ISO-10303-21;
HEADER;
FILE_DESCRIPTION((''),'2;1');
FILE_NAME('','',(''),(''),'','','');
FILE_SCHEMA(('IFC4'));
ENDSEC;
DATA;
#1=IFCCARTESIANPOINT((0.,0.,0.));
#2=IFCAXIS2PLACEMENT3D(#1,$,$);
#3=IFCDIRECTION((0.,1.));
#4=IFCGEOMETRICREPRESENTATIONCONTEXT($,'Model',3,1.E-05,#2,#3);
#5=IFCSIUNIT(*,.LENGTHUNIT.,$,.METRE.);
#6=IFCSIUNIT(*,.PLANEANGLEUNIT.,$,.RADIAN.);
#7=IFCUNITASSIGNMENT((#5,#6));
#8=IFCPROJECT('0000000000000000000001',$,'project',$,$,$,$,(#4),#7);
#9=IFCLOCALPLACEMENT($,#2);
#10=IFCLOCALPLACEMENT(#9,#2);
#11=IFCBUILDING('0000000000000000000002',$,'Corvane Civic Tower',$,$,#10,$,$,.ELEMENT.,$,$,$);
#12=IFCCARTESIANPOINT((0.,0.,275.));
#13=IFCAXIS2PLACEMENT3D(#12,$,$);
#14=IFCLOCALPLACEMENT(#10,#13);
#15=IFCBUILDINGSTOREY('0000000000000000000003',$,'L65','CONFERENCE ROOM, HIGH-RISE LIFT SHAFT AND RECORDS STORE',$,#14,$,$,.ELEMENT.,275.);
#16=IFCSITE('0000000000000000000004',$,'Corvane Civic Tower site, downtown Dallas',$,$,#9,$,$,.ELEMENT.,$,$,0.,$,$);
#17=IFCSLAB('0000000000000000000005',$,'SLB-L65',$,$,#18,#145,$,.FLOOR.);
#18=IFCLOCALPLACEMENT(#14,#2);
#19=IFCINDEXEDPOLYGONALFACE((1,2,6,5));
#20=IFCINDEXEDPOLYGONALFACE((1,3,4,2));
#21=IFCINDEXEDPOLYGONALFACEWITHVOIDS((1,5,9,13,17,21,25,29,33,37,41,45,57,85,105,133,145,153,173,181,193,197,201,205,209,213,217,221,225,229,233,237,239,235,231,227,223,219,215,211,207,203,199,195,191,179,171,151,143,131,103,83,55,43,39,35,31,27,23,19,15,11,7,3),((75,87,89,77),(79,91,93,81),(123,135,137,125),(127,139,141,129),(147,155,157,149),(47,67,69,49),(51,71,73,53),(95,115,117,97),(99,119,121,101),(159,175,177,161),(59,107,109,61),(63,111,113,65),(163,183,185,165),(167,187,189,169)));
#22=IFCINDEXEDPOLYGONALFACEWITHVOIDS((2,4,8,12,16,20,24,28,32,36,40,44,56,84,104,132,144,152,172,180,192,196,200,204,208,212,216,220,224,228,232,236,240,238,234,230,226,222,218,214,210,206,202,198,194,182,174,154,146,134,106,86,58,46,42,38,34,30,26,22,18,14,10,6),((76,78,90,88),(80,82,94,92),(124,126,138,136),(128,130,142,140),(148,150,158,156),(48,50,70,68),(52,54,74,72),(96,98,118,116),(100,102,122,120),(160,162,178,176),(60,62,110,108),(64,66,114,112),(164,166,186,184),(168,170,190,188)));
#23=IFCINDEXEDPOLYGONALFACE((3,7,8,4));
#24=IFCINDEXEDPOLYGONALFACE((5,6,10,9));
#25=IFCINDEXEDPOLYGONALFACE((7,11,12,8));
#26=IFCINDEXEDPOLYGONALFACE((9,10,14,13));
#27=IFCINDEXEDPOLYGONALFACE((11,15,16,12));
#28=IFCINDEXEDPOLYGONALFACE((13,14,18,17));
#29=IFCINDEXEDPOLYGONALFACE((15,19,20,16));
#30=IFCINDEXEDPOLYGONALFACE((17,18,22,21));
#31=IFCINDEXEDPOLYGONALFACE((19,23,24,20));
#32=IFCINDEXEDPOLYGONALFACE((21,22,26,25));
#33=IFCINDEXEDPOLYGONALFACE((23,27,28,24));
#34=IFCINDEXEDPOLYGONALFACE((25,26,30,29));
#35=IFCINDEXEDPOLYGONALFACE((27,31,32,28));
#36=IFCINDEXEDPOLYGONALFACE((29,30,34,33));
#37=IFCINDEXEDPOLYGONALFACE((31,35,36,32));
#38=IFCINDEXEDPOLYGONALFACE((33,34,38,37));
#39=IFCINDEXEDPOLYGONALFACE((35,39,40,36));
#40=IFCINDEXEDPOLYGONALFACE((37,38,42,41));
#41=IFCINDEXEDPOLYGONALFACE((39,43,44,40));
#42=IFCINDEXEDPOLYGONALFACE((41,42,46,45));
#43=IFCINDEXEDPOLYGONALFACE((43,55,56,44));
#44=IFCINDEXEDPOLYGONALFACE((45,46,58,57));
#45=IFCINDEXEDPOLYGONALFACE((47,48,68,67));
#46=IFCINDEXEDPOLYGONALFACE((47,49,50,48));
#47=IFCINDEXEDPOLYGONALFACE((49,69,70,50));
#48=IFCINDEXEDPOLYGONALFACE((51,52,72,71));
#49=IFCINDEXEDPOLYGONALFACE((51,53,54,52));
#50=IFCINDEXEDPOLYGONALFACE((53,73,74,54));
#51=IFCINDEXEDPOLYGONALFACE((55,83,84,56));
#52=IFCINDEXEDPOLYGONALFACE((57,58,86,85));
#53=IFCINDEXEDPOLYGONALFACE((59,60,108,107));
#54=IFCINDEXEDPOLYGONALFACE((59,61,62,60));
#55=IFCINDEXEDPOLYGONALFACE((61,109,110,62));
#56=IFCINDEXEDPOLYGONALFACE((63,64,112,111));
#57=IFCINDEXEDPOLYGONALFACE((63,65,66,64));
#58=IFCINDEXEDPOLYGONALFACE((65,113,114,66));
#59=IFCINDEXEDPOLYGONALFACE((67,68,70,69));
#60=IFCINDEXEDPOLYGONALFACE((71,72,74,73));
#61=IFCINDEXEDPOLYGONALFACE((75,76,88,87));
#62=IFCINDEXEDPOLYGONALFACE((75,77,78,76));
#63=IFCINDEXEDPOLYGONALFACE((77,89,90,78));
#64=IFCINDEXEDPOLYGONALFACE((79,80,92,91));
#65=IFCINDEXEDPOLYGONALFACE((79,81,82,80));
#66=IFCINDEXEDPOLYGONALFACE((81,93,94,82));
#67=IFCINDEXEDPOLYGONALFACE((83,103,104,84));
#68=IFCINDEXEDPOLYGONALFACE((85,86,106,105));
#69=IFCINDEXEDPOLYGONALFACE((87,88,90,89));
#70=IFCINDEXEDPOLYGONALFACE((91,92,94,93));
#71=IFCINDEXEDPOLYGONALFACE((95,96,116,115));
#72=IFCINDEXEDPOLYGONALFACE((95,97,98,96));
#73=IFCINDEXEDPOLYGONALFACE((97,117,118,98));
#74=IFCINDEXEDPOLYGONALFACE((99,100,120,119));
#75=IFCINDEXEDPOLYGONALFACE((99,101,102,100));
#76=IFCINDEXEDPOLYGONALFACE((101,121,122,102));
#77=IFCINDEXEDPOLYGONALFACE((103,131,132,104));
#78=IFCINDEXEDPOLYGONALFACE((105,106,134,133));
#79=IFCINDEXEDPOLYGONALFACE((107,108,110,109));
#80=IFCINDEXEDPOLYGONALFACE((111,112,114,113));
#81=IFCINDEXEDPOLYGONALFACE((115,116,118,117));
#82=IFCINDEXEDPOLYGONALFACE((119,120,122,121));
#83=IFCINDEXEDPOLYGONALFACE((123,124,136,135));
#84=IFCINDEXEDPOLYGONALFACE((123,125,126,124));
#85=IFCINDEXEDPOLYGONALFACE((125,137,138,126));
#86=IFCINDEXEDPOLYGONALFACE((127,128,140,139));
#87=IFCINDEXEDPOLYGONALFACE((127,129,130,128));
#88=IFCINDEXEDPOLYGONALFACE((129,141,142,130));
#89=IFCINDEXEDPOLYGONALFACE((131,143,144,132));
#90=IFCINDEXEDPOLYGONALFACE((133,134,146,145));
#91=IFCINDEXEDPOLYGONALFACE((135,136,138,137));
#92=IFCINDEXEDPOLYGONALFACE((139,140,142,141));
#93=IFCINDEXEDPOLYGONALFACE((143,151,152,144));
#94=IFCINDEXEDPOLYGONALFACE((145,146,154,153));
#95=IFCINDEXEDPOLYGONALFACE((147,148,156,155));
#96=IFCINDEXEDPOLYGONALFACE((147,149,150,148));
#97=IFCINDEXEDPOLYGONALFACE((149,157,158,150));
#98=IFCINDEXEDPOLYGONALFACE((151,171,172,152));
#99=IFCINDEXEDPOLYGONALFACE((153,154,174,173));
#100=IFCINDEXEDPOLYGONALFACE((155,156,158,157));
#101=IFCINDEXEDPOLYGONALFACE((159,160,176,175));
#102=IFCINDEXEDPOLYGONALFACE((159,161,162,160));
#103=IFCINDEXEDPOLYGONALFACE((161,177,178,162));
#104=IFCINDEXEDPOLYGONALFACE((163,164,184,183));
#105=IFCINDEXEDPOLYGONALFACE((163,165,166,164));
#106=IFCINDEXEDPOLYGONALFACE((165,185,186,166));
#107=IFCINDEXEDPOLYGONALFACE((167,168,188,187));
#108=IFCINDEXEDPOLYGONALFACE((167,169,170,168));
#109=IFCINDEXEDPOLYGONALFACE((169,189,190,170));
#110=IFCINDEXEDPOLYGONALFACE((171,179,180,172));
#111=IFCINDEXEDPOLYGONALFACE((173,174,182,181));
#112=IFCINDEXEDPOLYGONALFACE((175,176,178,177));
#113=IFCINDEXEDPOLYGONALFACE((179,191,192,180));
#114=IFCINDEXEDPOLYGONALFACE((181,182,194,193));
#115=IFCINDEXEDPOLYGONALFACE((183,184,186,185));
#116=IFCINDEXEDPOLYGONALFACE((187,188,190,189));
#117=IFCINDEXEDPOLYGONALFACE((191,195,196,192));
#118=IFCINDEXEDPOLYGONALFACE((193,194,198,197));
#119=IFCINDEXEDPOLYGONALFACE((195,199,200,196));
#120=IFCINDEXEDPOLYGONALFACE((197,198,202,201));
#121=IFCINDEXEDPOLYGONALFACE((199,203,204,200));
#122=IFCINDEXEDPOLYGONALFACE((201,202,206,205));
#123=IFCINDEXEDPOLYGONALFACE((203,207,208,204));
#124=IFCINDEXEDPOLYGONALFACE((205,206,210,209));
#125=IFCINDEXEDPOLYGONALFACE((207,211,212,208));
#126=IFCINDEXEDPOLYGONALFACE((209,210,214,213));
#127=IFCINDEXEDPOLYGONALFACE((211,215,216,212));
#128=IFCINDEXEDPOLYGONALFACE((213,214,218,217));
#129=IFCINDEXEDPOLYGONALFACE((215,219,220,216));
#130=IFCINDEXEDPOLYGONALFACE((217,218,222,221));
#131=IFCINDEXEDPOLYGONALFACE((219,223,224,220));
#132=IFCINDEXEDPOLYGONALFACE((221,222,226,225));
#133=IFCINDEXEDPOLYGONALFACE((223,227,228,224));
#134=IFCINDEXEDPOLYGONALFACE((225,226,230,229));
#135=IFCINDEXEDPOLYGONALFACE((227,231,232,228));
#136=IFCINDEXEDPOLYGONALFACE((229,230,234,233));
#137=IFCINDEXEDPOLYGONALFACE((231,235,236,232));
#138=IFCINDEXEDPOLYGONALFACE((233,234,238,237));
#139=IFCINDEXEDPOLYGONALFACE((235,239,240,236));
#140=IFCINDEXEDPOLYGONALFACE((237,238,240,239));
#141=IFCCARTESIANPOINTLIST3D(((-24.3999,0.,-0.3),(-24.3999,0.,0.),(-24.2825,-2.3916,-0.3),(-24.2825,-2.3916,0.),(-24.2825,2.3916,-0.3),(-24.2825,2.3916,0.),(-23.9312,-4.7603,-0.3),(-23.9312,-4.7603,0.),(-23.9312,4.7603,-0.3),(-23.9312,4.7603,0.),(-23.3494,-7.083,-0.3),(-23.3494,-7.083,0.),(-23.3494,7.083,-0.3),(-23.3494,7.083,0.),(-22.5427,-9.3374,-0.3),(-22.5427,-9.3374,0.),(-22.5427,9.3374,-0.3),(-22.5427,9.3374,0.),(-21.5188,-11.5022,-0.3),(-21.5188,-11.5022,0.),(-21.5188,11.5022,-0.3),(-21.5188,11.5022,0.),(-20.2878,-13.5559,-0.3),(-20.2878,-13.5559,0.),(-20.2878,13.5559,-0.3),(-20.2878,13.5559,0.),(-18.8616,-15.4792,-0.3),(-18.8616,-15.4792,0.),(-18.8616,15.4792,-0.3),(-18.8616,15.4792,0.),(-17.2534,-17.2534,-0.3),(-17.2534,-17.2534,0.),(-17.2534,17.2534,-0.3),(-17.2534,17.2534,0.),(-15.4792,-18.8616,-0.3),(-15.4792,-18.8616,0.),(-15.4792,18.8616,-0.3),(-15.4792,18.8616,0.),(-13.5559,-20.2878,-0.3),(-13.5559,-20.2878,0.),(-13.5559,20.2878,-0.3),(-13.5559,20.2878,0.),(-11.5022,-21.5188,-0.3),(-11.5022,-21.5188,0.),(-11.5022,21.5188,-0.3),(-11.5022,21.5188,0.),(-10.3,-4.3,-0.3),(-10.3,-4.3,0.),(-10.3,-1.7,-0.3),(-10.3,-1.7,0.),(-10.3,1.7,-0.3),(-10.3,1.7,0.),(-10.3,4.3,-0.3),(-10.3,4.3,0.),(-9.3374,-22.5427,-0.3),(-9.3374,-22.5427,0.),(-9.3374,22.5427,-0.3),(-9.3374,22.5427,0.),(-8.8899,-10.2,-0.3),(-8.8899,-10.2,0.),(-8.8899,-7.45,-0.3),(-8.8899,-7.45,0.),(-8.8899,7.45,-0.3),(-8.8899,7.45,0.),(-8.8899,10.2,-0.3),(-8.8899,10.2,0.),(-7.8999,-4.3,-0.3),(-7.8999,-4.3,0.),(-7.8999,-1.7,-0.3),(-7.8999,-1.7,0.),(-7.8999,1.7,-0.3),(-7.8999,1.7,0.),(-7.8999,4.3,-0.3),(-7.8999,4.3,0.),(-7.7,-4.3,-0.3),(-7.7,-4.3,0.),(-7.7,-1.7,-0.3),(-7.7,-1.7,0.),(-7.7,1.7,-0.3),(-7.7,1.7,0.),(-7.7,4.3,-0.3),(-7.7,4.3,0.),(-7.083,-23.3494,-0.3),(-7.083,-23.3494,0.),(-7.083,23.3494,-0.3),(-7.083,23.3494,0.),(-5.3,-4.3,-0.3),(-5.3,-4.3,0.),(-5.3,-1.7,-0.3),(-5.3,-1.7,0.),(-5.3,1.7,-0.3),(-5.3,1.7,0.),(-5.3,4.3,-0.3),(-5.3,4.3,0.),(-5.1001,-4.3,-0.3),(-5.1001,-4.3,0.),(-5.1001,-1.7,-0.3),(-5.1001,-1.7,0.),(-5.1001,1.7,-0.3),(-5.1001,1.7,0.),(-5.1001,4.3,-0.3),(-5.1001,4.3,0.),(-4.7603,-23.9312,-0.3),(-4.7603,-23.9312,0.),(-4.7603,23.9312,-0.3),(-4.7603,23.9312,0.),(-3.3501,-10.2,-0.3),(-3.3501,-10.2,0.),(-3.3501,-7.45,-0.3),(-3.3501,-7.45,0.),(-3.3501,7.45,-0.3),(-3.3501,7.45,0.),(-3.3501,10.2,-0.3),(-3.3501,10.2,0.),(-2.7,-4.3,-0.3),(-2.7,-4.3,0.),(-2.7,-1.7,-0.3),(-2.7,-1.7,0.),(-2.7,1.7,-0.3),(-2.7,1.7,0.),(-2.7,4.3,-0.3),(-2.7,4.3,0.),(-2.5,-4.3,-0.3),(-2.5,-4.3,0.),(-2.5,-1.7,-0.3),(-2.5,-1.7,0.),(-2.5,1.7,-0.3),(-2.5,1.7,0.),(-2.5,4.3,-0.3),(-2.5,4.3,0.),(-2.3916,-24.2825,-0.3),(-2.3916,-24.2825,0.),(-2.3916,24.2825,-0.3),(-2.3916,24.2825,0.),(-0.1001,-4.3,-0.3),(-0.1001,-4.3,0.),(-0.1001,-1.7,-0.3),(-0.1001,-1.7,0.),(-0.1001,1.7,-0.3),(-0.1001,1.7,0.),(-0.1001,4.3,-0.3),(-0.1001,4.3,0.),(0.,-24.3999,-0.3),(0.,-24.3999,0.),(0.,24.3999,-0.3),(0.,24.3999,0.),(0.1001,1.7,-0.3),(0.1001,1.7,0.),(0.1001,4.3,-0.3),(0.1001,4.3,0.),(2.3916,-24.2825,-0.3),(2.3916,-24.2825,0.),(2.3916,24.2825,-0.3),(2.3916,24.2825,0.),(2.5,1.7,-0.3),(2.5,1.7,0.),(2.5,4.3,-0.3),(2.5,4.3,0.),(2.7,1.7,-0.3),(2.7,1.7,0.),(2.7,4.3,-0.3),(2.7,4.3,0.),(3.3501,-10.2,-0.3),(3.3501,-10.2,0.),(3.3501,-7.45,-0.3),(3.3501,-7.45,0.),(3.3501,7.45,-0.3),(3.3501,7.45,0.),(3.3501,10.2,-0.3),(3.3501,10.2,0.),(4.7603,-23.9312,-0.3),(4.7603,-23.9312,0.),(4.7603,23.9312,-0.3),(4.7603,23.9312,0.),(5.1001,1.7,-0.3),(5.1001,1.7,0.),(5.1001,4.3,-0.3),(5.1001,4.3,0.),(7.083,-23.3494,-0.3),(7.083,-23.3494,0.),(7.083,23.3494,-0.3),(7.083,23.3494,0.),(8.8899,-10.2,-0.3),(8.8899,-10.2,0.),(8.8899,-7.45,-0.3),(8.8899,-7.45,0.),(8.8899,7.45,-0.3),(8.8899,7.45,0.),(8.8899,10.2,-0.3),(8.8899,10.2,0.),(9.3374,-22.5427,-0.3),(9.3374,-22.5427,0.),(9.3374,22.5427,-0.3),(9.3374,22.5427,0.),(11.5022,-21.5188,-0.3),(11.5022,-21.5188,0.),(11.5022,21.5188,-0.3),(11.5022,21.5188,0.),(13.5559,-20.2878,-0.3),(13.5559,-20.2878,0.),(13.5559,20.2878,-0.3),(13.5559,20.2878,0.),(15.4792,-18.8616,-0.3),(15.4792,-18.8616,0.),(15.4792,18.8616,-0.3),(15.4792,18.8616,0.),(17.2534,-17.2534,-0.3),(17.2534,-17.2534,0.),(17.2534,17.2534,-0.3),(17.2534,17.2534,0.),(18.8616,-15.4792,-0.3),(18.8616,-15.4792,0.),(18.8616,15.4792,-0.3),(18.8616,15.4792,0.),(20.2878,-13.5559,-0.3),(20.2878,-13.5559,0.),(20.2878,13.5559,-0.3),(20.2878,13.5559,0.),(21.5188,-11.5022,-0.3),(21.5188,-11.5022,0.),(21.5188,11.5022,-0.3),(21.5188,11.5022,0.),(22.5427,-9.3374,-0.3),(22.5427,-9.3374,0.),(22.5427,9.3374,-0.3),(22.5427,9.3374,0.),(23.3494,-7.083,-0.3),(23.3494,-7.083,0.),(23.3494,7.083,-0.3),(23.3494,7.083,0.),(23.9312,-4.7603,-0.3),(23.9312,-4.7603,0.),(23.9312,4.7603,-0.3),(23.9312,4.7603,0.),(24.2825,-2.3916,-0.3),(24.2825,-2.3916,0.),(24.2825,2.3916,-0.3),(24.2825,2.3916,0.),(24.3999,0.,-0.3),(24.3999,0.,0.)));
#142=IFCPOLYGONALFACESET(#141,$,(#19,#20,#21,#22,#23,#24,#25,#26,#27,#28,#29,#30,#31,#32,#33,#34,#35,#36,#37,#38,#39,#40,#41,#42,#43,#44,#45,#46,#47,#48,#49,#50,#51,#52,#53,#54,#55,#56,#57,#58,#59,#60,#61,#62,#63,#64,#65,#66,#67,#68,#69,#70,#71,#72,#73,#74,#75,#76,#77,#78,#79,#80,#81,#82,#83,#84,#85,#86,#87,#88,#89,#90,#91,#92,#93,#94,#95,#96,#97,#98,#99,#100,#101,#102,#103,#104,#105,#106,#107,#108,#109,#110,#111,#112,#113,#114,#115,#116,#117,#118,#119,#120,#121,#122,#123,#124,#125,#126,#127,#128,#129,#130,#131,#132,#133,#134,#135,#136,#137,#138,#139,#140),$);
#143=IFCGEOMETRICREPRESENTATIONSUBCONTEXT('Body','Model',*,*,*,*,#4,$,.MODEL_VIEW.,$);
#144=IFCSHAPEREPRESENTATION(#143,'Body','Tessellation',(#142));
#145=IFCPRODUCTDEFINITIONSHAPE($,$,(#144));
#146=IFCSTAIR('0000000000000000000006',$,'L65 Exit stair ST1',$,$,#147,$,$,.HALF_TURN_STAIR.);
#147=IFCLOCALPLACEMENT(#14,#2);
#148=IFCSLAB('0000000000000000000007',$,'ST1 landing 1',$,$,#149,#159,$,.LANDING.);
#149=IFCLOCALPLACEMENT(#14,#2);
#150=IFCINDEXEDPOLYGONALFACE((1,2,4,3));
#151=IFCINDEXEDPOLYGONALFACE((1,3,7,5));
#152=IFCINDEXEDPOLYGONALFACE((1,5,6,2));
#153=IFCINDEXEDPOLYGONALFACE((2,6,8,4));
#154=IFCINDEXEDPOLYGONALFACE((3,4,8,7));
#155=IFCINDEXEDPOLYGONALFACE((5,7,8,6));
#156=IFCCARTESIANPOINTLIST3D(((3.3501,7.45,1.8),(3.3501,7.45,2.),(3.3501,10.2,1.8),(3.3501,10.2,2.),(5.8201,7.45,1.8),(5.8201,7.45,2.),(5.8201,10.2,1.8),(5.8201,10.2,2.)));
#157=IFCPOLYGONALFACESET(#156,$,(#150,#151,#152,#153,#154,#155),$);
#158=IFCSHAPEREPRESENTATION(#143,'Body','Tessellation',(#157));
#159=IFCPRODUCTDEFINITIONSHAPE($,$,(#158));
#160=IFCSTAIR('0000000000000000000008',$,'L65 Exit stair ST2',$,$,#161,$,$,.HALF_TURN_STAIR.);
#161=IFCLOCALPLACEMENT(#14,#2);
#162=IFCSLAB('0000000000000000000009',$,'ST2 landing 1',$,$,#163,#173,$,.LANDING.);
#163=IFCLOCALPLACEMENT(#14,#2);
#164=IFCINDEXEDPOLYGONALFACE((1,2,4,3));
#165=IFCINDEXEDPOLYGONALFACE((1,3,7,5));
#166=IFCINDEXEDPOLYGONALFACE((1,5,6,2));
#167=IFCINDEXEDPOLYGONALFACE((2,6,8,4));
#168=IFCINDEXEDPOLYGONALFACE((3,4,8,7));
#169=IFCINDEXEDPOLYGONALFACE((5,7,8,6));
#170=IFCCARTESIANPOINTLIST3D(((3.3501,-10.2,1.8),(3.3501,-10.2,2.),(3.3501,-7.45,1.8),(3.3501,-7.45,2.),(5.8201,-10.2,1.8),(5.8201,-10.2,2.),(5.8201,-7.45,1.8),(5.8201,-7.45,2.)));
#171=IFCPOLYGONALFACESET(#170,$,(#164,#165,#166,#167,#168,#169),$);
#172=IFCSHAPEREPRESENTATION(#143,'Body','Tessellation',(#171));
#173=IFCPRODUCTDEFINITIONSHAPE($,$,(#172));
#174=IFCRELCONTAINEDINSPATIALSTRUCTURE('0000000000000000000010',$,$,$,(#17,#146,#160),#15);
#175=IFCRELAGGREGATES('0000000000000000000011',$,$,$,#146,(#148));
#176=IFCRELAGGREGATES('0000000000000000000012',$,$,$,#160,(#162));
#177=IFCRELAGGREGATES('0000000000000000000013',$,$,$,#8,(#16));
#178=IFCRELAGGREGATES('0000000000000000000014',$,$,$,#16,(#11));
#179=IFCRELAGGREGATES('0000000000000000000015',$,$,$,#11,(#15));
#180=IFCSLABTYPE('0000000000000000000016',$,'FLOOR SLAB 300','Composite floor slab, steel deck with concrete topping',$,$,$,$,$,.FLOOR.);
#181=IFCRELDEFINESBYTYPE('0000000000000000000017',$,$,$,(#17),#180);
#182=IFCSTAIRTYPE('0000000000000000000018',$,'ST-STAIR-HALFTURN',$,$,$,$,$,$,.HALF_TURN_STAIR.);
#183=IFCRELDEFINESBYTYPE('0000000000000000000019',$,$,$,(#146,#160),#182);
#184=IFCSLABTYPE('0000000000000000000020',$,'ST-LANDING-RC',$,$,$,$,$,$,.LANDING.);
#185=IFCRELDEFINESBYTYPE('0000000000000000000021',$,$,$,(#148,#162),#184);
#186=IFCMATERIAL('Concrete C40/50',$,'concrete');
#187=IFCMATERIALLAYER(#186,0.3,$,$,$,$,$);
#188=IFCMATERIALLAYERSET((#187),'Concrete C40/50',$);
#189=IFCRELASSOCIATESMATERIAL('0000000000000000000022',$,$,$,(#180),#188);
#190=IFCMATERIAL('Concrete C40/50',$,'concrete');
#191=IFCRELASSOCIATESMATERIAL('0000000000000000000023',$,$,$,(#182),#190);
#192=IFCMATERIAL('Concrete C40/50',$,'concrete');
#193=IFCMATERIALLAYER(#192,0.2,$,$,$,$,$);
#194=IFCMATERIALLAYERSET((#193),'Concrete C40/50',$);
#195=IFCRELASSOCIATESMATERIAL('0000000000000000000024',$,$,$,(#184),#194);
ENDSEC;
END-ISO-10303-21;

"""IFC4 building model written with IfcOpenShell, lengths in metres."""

from ifc_helpers import new_model, si_unit, direction, frame, origin, place, context, subcontext, project, spatial, polyline, outline, extrude, material, layer, layer_set, type_object, element, aggregate, save


model = new_model("IFC4")

# Units and contexts
model_context = context("Model", 3, precision=1e-05, world=origin(), true_north=direction((0.0, 1.0)))
body_context = subcontext(model_context, "Body", "Model", "MODEL_VIEW")
ifc_project = project(units=[si_unit("LENGTHUNIT", "METRE"), si_unit("PLANEANGLEUNIT", "RADIAN")], contexts=[model_context])

# Site, building, storey
site_placement = place(None, origin())
site = spatial("IfcSite", under=ifc_project, at=site_placement, Name="Corvane Civic Tower site, downtown Dallas", CompositionType="ELEMENT", RefElevation=0.0)
building_placement = place(site_placement, origin())
building = spatial("IfcBuilding", under=site, at=building_placement, Name="Corvane Civic Tower", CompositionType="ELEMENT")
storey_placement = place(building_placement, frame((0.0, 0.0, 275.0)))
storey = spatial("IfcBuildingStorey", under=building, at=storey_placement, Name="L65", Description="CONFERENCE ROOM, HIGH-RISE LIFT SHAFT AND RECORDS STORE", CompositionType="ELEMENT", Elevation=275.0)

# Slab
ifc_material_1 = material(Name="Concrete C40/50", Category="concrete")
ifc_layer_1 = layer(ifc_material_1, 0.3)
ifc_layer_set_1 = layer_set([ifc_layer_1], Name="Concrete C40/50")
slab_type_1 = type_object("IfcSlabType", Name="FLOOR SLAB 300", Description="Composite floor slab, steel deck with concrete topping", PredefinedType="FLOOR", material=ifc_layer_set_1)
slab_1_placement = place(storey_placement, frame((0.0, 0.0, -0.3)))
element("IfcSlab", 1, at=slab_1_placement, inside=storey, type_object=slab_type_1, Name="SLB-L65", PredefinedType="FLOOR", context=body_context, shape_type="SweptSolid", body=[
    extrude(outline(polyline([(0.0, 24.3999), (-2.3916, 24.2825), (-4.7603, 23.9312), (-7.083, 23.3494), (-9.3374, 22.5427), (-11.5022, 21.5188), (-13.5559, 20.2878), (-15.4792, 18.8616), (-17.2534, 17.2534), (-18.8616, 15.4792), (-20.2878, 13.5559), (-21.5188, 11.5022), (-22.5427, 9.3374), (-23.3494, 7.083), (-23.9312, 4.7603), (-24.2825, 2.3916), (-24.3999, 0.0), (-24.2825, -2.3916), (-23.9312, -4.7603), (-23.3494, -7.083), (-22.5427, -9.3374), (-21.5188, -11.5022), (-20.2878, -13.5559), (-18.8616, -15.4792), (-17.2534, -17.2534), (-15.4792, -18.8616), (-13.5559, -20.2878), (-11.5022, -21.5188), (-9.3374, -22.5427), (-7.083, -23.3494), (-4.7603, -23.9312), (-2.3916, -24.2825), (0.0, -24.3999), (2.3916, -24.2825), (4.7603, -23.9312), (7.083, -23.3494), (9.3374, -22.5427), (11.5022, -21.5188), (13.5559, -20.2878), (15.4792, -18.8616), (17.2534, -17.2534), (18.8616, -15.4792), (20.2878, -13.5559), (21.5188, -11.5022), (22.5427, -9.3374), (23.3494, -7.083), (23.9312, -4.7603), (24.2825, -2.3916), (24.3999, 0.0), (24.2825, 2.3916), (23.9312, 4.7603), (23.3494, 7.083), (22.5427, 9.3374), (21.5188, 11.5022), (20.2878, 13.5559), (18.8616, 15.4792), (17.2534, 17.2534), (15.4792, 18.8616), (13.5559, 20.2878), (11.5022, 21.5188), (9.3374, 22.5427), (7.083, 23.3494), (4.7603, 23.9312), (2.3916, 24.2825), (0.0, 24.3999)]), holes=[polyline([(-7.8999, 1.7), (-10.3, 1.7), (-10.3, 4.3), (-7.8999, 4.3), (-7.8999, 1.7)]), polyline([(-5.3, 1.7), (-7.7, 1.7), (-7.7, 4.3), (-5.3, 4.3), (-5.3, 1.7)]), polyline([(-2.7, 4.3), (-2.7, 1.7), (-5.1001, 1.7), (-5.1001, 4.3), (-2.7, 4.3)]), polyline([(-0.1001, 4.3), (-0.1001, 1.7), (-2.5, 1.7), (-2.5, 4.3), (-0.1001, 4.3)]), polyline([(2.5, 4.3), (2.5, 1.7), (0.1001, 1.7), (0.1001, 4.3), (2.5, 4.3)]), polyline([(5.1001, 4.3), (5.1001, 1.7), (2.7, 1.7), (2.7, 4.3), (5.1001, 4.3)]), polyline([(-10.3, -4.3), (-10.3, -1.7), (-7.8999, -1.7), (-7.8999, -4.3), (-10.3, -4.3)]), polyline([(-7.7, -4.3), (-7.7, -1.7), (-5.3, -1.7), (-5.3, -4.3), (-7.7, -4.3)]), polyline([(-2.7, -1.7), (-2.7, -4.3), (-5.1001, -4.3), (-5.1001, -1.7), (-2.7, -1.7)]), polyline([(-2.5, -4.3), (-2.5, -1.7), (-0.1001, -1.7), (-0.1001, -4.3), (-2.5, -4.3)]), polyline([(8.8899, 10.2), (8.8899, 7.45), (3.3501, 7.45), (3.3501, 10.2), (8.8899, 10.2)]), polyline([(-8.8899, 7.45), (-8.8899, 10.2), (-3.3501, 10.2), (-3.3501, 7.45), (-8.8899, 7.45)]), polyline([(8.8899, -7.45), (8.8899, -10.2), (3.3501, -10.2), (3.3501, -7.45), (8.8899, -7.45)]), polyline([(-8.8899, -10.2), (-8.8899, -7.45), (-3.3501, -7.45), (-3.3501, -10.2), (-8.8899, -10.2)])]), origin(), (0.0, 0.0, 1.0), 0.3),
])

# Stairs, slabs
ifc_material_2 = material(Name="Concrete C40/50", Category="concrete")
stair_type = type_object("IfcStairType", Name="ST-STAIR-HALFTURN", PredefinedType="HALF_TURN_STAIR", material=ifc_material_2)
stair_1_placement = place(storey_placement, origin())
stair_1 = element("IfcStair", 2, at=stair_1_placement, inside=storey, type_object=stair_type, Name="L65 Exit stair ST1", PredefinedType="HALF_TURN_STAIR")
ifc_material_3 = material(Name="Concrete C40/50", Category="concrete")
ifc_layer_2 = layer(ifc_material_3, 0.2)
ifc_layer_set_2 = layer_set([ifc_layer_2], Name="Concrete C40/50")
slab_type_2 = type_object("IfcSlabType", Name="ST-LANDING-RC", PredefinedType="LANDING", material=ifc_layer_set_2)
slab_2_placement = place(storey_placement, frame((0.0, 0.0, 1.8)))
slab_2 = element("IfcSlab", 3, at=slab_2_placement, type_object=slab_type_2, Name="ST1 landing 1", PredefinedType="LANDING", context=body_context, shape_type="SweptSolid", body=[
    extrude(outline(polyline([(5.8201, 10.2), (3.3501, 10.2), (3.3501, 7.45), (5.8201, 7.45), (5.8201, 10.2)])), origin(), (0.0, 0.0, 1.0), 0.2),
])
aggregate(stair_1, [slab_2])
stair_2_placement = place(storey_placement, origin())
stair_2 = element("IfcStair", 4, at=stair_2_placement, inside=storey, type_object=stair_type, Name="L65 Exit stair ST2", PredefinedType="HALF_TURN_STAIR")
slab_3_placement = place(storey_placement, frame((0.0, 0.0, 1.8)))
slab_3 = element("IfcSlab", 5, at=slab_3_placement, type_object=slab_type_2, Name="ST2 landing 1", PredefinedType="LANDING", context=body_context, shape_type="SweptSolid", body=[
    extrude(outline(polyline([(5.8201, -7.45), (3.3501, -7.45), (3.3501, -10.2), (5.8201, -10.2), (5.8201, -7.45)])), origin(), (0.0, 0.0, 1.0), 0.2),
])
aggregate(stair_2, [slab_3])

save(model, "model.ifc")
